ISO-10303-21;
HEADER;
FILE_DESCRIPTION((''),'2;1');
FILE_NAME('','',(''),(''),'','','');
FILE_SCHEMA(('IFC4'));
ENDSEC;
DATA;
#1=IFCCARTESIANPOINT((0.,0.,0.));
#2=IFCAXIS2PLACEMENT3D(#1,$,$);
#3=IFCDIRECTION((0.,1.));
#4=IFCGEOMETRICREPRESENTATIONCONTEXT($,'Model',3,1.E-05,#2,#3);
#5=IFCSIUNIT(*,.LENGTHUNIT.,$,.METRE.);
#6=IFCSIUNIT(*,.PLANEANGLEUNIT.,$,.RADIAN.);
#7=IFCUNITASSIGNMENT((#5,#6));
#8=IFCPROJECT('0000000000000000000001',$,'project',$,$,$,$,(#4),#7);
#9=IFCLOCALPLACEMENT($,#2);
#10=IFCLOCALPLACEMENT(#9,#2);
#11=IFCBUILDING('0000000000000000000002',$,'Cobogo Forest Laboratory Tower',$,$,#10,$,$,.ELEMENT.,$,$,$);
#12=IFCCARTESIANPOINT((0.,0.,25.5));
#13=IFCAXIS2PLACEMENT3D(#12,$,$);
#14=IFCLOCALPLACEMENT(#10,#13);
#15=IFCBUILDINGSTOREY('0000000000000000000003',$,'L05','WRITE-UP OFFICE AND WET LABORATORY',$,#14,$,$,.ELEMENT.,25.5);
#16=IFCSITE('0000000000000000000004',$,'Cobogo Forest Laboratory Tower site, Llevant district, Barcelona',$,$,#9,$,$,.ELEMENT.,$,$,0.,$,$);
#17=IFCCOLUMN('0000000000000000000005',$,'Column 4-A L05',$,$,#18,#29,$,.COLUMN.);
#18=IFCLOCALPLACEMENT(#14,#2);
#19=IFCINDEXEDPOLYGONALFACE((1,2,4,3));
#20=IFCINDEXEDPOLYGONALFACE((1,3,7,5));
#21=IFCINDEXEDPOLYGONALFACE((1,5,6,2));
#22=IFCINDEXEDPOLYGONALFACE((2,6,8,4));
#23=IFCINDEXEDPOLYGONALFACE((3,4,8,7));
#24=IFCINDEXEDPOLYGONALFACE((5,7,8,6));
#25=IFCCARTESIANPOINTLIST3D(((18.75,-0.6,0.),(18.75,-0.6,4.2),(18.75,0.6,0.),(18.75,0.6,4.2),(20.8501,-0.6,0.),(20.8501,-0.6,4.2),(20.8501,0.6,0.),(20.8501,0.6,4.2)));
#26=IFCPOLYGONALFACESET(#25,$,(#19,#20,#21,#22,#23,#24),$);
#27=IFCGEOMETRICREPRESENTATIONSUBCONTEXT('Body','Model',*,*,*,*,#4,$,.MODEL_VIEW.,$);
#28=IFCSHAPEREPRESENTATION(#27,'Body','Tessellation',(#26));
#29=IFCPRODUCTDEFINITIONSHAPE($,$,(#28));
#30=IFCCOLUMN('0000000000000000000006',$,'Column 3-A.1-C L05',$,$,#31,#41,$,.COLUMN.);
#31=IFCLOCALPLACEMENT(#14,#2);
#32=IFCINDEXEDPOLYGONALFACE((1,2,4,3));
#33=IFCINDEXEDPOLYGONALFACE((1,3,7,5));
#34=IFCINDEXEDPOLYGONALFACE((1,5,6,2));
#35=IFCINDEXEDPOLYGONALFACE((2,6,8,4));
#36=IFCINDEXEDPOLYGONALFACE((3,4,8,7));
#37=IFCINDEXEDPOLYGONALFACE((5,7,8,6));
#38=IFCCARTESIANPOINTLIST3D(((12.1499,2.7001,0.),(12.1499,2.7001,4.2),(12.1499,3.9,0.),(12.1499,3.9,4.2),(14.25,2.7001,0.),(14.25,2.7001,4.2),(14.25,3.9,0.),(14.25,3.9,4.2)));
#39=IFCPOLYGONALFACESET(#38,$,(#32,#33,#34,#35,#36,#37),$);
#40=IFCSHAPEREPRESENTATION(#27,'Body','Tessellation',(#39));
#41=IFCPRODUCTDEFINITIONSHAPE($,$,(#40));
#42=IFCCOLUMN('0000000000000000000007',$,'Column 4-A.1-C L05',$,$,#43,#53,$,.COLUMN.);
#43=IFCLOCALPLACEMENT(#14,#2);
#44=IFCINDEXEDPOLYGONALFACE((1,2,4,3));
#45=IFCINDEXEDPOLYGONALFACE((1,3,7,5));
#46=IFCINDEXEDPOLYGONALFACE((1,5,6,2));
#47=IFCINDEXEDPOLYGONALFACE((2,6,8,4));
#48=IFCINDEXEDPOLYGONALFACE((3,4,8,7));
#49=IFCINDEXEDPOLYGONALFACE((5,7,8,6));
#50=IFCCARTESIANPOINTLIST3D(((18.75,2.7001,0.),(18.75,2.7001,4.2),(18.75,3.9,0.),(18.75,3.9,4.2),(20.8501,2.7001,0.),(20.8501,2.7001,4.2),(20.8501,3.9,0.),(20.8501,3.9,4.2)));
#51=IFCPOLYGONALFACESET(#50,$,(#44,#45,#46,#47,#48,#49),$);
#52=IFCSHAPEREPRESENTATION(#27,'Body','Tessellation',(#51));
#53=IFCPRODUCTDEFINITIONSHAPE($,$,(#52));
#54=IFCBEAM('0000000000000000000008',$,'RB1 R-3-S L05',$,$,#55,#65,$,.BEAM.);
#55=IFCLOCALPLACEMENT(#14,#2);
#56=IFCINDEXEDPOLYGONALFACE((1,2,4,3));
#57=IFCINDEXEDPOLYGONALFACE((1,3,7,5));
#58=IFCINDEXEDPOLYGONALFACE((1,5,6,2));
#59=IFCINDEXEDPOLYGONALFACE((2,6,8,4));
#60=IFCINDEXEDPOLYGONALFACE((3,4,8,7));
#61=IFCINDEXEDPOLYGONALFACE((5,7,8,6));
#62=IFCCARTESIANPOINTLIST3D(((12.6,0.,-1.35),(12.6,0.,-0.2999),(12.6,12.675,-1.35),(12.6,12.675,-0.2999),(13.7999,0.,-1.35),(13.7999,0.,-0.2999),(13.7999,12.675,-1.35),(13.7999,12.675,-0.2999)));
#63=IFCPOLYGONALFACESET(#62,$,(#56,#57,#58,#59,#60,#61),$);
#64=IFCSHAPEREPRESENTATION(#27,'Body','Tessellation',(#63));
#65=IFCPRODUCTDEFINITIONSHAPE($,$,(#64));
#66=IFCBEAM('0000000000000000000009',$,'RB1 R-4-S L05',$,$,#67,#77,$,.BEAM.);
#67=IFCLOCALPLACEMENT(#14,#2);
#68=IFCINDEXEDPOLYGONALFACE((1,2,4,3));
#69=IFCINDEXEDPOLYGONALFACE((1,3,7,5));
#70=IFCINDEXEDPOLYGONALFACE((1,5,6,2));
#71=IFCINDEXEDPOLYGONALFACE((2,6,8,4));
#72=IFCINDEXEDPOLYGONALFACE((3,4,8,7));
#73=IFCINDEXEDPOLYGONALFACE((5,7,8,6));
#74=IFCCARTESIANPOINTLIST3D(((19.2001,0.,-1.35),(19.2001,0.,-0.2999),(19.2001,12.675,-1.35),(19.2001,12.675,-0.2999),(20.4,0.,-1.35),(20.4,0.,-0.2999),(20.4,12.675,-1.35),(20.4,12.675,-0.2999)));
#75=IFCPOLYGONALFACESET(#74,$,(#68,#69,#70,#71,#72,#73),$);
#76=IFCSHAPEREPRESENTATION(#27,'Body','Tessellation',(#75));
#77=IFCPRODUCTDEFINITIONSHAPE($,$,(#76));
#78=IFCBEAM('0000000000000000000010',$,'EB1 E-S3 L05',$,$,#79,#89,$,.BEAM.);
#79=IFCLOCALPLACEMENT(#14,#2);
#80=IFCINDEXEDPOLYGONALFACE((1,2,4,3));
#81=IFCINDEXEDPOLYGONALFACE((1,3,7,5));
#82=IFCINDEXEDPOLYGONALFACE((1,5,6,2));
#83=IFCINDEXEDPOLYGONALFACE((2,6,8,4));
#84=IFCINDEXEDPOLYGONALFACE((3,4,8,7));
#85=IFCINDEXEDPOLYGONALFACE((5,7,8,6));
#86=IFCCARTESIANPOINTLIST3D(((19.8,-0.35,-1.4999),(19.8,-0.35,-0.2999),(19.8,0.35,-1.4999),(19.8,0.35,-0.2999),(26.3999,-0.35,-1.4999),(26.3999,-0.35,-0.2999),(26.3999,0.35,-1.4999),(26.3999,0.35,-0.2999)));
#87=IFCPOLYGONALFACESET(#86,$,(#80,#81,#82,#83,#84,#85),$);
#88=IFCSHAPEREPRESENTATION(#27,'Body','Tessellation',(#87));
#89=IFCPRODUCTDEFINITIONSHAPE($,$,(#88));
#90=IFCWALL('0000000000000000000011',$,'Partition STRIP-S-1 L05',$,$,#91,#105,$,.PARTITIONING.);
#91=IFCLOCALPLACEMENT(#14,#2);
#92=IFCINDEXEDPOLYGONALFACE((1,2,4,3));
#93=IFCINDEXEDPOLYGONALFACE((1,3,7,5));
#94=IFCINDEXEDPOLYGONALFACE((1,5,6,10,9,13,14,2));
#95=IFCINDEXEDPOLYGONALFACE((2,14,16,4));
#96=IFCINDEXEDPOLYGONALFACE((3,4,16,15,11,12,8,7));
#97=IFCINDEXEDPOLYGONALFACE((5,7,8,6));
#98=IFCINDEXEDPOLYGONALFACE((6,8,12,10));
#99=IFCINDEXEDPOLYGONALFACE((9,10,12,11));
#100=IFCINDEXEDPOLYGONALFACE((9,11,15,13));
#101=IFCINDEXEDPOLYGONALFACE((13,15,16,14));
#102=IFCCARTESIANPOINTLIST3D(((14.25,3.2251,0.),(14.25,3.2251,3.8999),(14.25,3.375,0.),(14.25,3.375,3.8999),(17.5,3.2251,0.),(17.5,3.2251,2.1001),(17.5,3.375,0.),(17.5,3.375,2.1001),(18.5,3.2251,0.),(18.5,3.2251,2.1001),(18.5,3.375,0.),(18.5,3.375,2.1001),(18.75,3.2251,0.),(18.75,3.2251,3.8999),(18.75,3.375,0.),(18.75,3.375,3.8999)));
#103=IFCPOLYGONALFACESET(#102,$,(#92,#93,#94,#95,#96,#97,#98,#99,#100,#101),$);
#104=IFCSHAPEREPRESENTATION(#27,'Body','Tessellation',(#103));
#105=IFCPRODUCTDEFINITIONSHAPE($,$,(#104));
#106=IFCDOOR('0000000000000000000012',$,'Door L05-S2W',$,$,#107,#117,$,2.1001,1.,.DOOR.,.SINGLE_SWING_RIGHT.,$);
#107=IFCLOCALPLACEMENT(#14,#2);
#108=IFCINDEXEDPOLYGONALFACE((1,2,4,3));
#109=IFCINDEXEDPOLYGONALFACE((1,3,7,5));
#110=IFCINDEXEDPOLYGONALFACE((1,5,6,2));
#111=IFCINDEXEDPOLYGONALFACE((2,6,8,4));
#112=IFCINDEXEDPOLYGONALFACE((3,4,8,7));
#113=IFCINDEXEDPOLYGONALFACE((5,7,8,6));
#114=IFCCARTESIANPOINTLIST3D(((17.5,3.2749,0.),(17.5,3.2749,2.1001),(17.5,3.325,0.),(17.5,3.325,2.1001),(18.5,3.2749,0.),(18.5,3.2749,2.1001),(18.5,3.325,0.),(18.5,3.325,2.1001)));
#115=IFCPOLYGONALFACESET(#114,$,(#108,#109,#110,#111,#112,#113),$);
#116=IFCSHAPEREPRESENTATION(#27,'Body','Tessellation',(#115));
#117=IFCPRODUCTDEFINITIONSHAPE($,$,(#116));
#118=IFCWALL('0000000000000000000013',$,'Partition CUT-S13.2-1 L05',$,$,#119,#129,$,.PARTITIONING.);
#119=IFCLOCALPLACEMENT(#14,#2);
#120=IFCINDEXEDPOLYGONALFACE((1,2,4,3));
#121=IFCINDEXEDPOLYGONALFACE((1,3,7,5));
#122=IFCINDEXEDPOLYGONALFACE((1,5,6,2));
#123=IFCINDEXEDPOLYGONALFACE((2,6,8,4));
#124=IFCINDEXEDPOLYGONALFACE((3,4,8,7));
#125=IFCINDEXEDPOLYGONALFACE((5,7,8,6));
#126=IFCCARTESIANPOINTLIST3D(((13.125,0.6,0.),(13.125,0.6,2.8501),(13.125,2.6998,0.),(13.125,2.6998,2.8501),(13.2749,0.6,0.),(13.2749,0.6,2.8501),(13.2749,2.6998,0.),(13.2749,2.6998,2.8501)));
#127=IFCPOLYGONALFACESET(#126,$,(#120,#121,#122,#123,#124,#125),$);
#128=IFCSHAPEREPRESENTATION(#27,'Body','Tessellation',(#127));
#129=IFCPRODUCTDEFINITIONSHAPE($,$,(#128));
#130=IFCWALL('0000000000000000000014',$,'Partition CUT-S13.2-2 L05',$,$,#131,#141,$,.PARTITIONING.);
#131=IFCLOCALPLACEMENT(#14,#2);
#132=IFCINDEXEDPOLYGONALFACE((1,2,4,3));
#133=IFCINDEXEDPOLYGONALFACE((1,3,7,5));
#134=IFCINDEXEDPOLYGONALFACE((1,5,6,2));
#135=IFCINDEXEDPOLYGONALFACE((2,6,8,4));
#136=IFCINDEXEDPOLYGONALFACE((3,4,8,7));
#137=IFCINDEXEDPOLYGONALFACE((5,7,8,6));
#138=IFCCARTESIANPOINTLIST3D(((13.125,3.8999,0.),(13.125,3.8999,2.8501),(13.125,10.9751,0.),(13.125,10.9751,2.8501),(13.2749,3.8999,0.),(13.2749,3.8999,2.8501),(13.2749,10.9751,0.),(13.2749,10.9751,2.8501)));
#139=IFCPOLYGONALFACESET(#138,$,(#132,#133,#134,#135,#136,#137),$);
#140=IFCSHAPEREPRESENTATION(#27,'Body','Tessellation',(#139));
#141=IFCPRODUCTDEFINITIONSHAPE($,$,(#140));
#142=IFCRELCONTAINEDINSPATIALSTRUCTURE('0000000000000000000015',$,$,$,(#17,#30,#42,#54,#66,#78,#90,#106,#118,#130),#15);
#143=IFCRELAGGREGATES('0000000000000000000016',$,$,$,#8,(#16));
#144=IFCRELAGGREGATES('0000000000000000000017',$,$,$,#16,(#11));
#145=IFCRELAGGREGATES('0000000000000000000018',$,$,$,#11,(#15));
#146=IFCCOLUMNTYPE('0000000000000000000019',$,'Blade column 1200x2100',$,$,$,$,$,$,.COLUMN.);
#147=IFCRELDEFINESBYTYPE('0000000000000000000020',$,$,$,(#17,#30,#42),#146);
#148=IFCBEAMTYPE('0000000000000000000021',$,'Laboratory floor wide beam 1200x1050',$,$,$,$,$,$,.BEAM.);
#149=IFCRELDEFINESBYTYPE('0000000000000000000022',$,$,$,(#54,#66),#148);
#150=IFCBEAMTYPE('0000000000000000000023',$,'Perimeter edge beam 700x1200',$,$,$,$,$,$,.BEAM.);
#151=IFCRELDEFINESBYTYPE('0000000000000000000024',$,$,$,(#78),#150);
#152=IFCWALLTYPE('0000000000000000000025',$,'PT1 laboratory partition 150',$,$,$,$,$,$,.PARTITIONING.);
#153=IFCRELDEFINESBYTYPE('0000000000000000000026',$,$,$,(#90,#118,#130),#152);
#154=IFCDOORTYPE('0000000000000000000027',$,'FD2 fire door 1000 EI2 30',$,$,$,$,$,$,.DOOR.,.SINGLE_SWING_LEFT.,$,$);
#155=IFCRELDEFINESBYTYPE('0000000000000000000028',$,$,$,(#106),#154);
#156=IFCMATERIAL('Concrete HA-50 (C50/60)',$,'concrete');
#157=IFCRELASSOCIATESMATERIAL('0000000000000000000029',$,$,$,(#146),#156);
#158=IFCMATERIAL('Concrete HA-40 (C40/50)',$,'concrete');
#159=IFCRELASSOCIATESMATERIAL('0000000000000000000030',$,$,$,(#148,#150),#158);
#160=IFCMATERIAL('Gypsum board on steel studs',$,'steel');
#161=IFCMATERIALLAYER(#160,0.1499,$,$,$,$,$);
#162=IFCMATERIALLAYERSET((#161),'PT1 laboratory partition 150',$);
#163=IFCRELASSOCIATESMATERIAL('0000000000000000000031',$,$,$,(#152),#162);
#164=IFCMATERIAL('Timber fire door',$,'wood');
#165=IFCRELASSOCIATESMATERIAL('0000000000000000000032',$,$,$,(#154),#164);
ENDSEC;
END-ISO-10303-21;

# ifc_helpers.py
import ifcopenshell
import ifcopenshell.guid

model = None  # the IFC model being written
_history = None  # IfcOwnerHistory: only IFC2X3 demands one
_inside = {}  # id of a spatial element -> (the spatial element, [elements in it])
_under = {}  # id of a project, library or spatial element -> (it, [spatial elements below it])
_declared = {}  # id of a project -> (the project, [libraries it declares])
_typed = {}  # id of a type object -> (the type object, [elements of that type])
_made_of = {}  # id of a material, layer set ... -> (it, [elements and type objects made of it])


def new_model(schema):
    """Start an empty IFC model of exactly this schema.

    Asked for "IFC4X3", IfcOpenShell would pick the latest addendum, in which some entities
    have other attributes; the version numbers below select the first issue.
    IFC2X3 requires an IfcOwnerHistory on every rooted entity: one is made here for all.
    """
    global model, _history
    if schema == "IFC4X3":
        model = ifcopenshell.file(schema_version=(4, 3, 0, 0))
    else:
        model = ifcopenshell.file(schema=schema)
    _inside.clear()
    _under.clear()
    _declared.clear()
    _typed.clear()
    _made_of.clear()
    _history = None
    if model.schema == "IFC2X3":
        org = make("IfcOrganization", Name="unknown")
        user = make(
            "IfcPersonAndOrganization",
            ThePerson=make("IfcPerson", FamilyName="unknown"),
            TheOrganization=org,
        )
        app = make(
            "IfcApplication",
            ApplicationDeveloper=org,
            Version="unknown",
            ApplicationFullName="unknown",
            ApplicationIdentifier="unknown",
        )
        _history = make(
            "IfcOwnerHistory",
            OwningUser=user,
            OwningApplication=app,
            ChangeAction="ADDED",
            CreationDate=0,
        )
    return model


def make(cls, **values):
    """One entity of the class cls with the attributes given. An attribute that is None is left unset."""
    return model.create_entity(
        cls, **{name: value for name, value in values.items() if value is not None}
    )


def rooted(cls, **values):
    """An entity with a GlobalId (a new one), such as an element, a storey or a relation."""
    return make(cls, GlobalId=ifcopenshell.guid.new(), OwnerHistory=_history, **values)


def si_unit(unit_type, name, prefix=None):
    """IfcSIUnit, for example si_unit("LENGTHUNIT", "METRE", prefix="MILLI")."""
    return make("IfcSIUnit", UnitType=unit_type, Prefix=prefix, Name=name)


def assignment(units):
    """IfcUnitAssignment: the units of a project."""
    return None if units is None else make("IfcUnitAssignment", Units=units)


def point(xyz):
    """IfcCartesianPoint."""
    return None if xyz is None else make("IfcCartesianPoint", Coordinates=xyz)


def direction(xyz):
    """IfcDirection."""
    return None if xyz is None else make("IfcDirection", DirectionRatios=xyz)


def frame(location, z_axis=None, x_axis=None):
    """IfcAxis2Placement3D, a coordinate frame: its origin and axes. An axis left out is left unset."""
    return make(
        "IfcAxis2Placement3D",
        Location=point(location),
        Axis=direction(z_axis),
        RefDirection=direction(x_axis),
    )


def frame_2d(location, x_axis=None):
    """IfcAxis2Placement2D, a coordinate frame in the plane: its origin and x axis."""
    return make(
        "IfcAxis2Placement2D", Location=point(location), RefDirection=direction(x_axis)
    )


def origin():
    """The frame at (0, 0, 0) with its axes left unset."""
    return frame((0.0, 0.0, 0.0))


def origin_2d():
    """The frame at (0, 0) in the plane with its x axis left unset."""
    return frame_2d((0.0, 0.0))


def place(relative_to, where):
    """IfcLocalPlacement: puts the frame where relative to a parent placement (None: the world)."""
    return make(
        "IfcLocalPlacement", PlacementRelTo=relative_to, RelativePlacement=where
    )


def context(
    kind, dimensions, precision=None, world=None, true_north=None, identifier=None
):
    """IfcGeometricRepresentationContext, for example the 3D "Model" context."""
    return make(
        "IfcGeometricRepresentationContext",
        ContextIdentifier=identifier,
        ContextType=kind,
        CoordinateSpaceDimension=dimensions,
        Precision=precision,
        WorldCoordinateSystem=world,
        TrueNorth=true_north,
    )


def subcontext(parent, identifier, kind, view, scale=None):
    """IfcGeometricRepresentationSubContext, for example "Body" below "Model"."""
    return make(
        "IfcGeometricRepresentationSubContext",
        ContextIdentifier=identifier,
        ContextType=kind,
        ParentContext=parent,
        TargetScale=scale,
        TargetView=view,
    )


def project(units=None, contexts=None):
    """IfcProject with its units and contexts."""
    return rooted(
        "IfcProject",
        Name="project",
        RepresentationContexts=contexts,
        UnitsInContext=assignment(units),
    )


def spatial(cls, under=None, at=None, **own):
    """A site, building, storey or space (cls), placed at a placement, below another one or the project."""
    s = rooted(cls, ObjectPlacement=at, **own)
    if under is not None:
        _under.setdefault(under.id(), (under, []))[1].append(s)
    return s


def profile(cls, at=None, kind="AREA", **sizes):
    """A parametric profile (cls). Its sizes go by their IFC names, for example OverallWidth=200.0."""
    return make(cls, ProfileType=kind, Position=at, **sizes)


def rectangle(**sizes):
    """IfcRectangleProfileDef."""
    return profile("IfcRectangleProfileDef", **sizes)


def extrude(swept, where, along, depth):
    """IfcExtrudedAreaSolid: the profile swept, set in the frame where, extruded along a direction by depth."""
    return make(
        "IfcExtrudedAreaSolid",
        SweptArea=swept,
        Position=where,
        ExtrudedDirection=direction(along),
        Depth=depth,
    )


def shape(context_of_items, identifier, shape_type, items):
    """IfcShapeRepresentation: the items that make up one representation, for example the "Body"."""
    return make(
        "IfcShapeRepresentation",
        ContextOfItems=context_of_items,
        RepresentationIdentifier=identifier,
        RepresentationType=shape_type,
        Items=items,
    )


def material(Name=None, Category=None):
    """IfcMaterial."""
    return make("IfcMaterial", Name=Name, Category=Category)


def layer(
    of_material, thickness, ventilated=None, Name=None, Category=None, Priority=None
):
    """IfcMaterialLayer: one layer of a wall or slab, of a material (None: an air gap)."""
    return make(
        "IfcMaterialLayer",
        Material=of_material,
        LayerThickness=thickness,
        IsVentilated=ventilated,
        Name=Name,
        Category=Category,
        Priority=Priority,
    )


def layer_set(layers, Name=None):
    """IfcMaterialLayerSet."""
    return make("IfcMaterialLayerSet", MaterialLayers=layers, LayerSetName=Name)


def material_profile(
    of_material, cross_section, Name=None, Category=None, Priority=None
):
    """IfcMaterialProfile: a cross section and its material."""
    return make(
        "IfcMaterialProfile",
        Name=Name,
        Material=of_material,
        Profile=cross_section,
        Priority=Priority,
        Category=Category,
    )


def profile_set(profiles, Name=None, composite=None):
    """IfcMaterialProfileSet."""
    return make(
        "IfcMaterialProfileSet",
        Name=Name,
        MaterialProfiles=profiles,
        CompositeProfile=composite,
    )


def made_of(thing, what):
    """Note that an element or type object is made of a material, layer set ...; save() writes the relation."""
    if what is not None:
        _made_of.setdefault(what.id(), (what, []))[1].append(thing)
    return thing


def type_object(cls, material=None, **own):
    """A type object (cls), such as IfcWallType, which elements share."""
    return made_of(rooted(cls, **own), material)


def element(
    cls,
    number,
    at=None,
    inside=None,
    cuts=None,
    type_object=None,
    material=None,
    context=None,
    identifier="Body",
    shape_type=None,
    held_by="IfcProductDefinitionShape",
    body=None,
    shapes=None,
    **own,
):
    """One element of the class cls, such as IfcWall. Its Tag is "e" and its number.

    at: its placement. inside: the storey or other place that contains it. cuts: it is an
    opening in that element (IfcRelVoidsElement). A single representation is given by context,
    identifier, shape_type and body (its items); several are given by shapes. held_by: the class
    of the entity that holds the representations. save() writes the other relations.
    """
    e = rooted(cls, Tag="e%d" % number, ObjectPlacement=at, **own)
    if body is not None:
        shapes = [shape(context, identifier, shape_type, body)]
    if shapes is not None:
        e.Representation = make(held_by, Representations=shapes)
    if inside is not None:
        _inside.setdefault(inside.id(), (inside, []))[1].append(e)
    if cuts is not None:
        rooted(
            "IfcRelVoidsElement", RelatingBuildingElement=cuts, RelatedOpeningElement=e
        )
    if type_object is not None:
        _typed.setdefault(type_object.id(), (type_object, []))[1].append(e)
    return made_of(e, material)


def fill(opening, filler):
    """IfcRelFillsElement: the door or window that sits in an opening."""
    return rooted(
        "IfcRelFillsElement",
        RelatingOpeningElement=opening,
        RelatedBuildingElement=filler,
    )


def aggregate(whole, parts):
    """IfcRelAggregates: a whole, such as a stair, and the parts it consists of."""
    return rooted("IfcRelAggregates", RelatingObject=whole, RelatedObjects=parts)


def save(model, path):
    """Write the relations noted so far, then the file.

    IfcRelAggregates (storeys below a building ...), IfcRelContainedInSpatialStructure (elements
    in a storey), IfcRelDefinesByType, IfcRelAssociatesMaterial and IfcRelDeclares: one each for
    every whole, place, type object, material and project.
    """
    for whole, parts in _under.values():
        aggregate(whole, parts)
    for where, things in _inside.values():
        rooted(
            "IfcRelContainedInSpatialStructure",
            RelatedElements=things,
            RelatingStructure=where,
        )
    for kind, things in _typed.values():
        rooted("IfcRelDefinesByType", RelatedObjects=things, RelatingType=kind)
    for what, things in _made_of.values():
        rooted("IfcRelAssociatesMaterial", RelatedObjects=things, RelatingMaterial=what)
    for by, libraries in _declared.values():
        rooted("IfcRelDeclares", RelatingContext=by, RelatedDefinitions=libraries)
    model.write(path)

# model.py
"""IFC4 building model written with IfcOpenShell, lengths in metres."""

from ifc_helpers import new_model, si_unit, direction, frame, frame_2d, origin, origin_2d, place, context, subcontext, project, spatial, rectangle, extrude, material, layer, layer_set, material_profile, profile_set, type_object, element, fill, save


model = new_model("IFC4")

# Units and contexts
model_context = context("Model", 3, precision=1e-05, world=origin(), true_north=direction((0.0, 1.0)))
body_context = subcontext(model_context, "Body", "Model", "MODEL_VIEW")
ifc_project = project(units=[si_unit("LENGTHUNIT", "METRE"), si_unit("PLANEANGLEUNIT", "RADIAN")], contexts=[model_context])

# Site, building, storey
site_placement = place(None, origin())
site = spatial("IfcSite", under=ifc_project, at=site_placement, Name="Cobogo Forest Laboratory Tower site, Llevant district, Barcelona", CompositionType="ELEMENT", RefElevation=0.0)
building_placement = place(site_placement, origin())
building = spatial("IfcBuilding", under=site, at=building_placement, Name="Cobogo Forest Laboratory Tower", CompositionType="ELEMENT")
storey_placement = place(building_placement, frame((0.0, 0.0, 25.5)))
storey = spatial("IfcBuildingStorey", under=building, at=storey_placement, Name="L05", Description="WRITE-UP OFFICE AND WET LABORATORY", CompositionType="ELEMENT", Elevation=25.5)

# Columns
ifc_material_1 = material(Name="Concrete HA-50 (C50/60)", Category="concrete")
ifc_material_profile_1 = material_profile(ifc_material_1, rectangle(XDim=2.1001, YDim=1.2, at=origin_2d()), Name="RC 1200x2100")
ifc_profile_set_1 = profile_set([ifc_material_profile_1], Name="Concrete HA-50 (C50/60)")
column_type = type_object("IfcColumnType", Name="Blade column 1200x2100", PredefinedType="COLUMN", material=ifc_profile_set_1)
for number, where, z_axis, x_axis, name in (
    (1, (19.8, 0.0, 0.0), (0.0, 0.0, 1.0), (1.0, 0.0, 0.0), "Column 4-A L05"),
    (2, (13.2, 3.3, 0.0), (0.0, 0.0, 1.0), (1.0, 0.0, 0.0), "Column 3-A.1-C L05"),
    (3, (19.8, 3.3, 0.0), (0.0, 0.0, 1.0), (1.0, 0.0, 0.0), "Column 4-A.1-C L05"),
):
    element("IfcColumn", number, at=place(storey_placement, frame(where, z_axis=z_axis, x_axis=x_axis)), inside=storey, type_object=column_type, Name=name, PredefinedType="COLUMN", context=body_context, shape_type="SweptSolid", body=[
        extrude(rectangle(XDim=2.1001, YDim=1.2, at=origin_2d()), origin(), (0.0, 0.0, 1.0), 4.2),
    ])

# Beams
ifc_material_2 = material(Name="Concrete HA-40 (C40/50)", Category="concrete")
ifc_material_profile_2 = material_profile(ifc_material_2, rectangle(XDim=1.2, YDim=1.05, at=origin_2d()), Name="RC 1200x1050")
ifc_profile_set_2 = profile_set([ifc_material_profile_2], Name="Concrete HA-40 (C40/50)")
beam_type_1 = type_object("IfcBeamType", Name="Laboratory floor wide beam 1200x1050", PredefinedType="BEAM", material=ifc_profile_set_2)
for number, where, z_axis, x_axis, name in (
    (4, (13.2, 12.675, -0.825), (0.0, -1.0, 0.0), (1.0, 0.0, 0.0), "RB1 R-3-S L05"),
    (5, (19.8, 12.675, -0.825), (0.0, -1.0, 0.0), (1.0, 0.0, 0.0), "RB1 R-4-S L05"),
):
    element("IfcBeam", number, at=place(storey_placement, frame(where, z_axis=z_axis, x_axis=x_axis)), inside=storey, type_object=beam_type_1, Name=name, PredefinedType="BEAM", context=body_context, shape_type="SweptSolid", body=[
        extrude(rectangle(XDim=1.2, YDim=1.05, at=origin_2d()), origin(), (0.0, 0.0, 1.0), 12.675),
    ])
ifc_material_profile_3 = material_profile(ifc_material_2, rectangle(XDim=0.7, YDim=1.2, at=origin_2d()), Name="RC 700x1200")
ifc_profile_set_3 = profile_set([ifc_material_profile_3], Name="Concrete HA-40 (C40/50)")
beam_type_2 = type_object("IfcBeamType", Name="Perimeter edge beam 700x1200", PredefinedType="BEAM", material=ifc_profile_set_3)
beam_placement = place(storey_placement, frame((19.8, 0.0, -0.8999), z_axis=(1.0, 0.0, 0.0), x_axis=(0.0, 1.0, 0.0)))
element("IfcBeam", 6, at=beam_placement, inside=storey, type_object=beam_type_2, Name="EB1 E-S3 L05", PredefinedType="BEAM", context=body_context, shape_type="SweptSolid", body=[
    extrude(rectangle(XDim=0.7, YDim=1.2, at=origin_2d()), origin(), (0.0, 0.0, 1.0), 6.5999),
])

# Wall, opening, door
ifc_material_3 = material(Name="Gypsum board on steel studs", Category="steel")
ifc_layer = layer(ifc_material_3, 0.1499)
ifc_layer_set = layer_set([ifc_layer], Name="PT1 laboratory partition 150")
wall_type = type_object("IfcWallType", Name="PT1 laboratory partition 150", PredefinedType="PARTITIONING", material=ifc_layer_set)
wall_1_placement = place(storey_placement, frame((14.25, 3.3, 0.0), z_axis=(0.0, 0.0, 1.0), x_axis=(1.0, 0.0, 0.0)))
wall_1 = element("IfcWall", 7, at=wall_1_placement, inside=storey, type_object=wall_type, Name="Partition STRIP-S-1 L05", PredefinedType="PARTITIONING", context=body_context, shape_type="SweptSolid", body=[
    extrude(rectangle(XDim=4.5, YDim=0.1499, at=frame_2d((2.25, 0.0))), origin(), (0.0, 0.0, 1.0), 3.8999),
])
opening_placement = place(wall_1_placement, frame((3.25, 0.0, 0.0)))
opening = element("IfcOpeningElement", 8, at=opening_placement, cuts=wall_1, PredefinedType="OPENING", context=body_context, shape_type="SweptSolid", body=[
    extrude(rectangle(XDim=1.0, YDim=2.1001, at=frame_2d((0.5, 1.05))), frame((0.0, 0.085, 0.0), z_axis=(0.0, -1.0, 0.0), x_axis=(1.0, 0.0, 0.0)), (0.0, 0.0, 1.0), 0.1699),
])
ifc_material_4 = material(Name="Timber fire door", Category="wood")
door_type = type_object("IfcDoorType", Name="FD2 fire door 1000 EI2 30", OperationType="SINGLE_SWING_LEFT", PredefinedType="DOOR", material=ifc_material_4)
door_placement = place(opening_placement, origin())
door = element("IfcDoor", 9, at=door_placement, inside=storey, type_object=door_type, Name="Door L05-S2W", OperationType="SINGLE_SWING_RIGHT", OverallHeight=2.1001, OverallWidth=1.0, PredefinedType="DOOR", context=body_context, shape_type="SweptSolid", body=[
    extrude(rectangle(XDim=1.0, YDim=2.1001, at=frame_2d((0.5, 1.05))), frame((0.0, 0.0249, 0.0), z_axis=(0.0, -1.0, 0.0), x_axis=(1.0, 0.0, 0.0)), (0.0, 0.0, 1.0), 0.05),
])
fill(opening, door)

# Walls
wall_2_placement = place(storey_placement, frame((13.2, 0.6001, 0.0), z_axis=(0.0, 0.0, 1.0), x_axis=(0.0, 1.0, 0.0)))
element("IfcWall", 10, at=wall_2_placement, inside=storey, type_object=wall_type, Name="Partition CUT-S13.2-1 L05", PredefinedType="PARTITIONING", context=body_context, shape_type="SweptSolid", body=[
    extrude(rectangle(XDim=2.0999, YDim=0.1499, at=frame_2d((1.0498, 0.0))), origin(), (0.0, 0.0, 1.0), 2.8501),
])
wall_3_placement = place(storey_placement, frame((13.2, 3.8999, 0.0), z_axis=(0.0, 0.0, 1.0), x_axis=(0.0, 1.0, 0.0)))
element("IfcWall", 11, at=wall_3_placement, inside=storey, type_object=wall_type, Name="Partition CUT-S13.2-2 L05", PredefinedType="PARTITIONING", context=body_context, shape_type="SweptSolid", body=[
    extrude(rectangle(XDim=7.0752, YDim=0.1499, at=frame_2d((3.5376, 0.0))), origin(), (0.0, 0.0, 1.0), 2.8501),
])

save(model, "model.ifc")
